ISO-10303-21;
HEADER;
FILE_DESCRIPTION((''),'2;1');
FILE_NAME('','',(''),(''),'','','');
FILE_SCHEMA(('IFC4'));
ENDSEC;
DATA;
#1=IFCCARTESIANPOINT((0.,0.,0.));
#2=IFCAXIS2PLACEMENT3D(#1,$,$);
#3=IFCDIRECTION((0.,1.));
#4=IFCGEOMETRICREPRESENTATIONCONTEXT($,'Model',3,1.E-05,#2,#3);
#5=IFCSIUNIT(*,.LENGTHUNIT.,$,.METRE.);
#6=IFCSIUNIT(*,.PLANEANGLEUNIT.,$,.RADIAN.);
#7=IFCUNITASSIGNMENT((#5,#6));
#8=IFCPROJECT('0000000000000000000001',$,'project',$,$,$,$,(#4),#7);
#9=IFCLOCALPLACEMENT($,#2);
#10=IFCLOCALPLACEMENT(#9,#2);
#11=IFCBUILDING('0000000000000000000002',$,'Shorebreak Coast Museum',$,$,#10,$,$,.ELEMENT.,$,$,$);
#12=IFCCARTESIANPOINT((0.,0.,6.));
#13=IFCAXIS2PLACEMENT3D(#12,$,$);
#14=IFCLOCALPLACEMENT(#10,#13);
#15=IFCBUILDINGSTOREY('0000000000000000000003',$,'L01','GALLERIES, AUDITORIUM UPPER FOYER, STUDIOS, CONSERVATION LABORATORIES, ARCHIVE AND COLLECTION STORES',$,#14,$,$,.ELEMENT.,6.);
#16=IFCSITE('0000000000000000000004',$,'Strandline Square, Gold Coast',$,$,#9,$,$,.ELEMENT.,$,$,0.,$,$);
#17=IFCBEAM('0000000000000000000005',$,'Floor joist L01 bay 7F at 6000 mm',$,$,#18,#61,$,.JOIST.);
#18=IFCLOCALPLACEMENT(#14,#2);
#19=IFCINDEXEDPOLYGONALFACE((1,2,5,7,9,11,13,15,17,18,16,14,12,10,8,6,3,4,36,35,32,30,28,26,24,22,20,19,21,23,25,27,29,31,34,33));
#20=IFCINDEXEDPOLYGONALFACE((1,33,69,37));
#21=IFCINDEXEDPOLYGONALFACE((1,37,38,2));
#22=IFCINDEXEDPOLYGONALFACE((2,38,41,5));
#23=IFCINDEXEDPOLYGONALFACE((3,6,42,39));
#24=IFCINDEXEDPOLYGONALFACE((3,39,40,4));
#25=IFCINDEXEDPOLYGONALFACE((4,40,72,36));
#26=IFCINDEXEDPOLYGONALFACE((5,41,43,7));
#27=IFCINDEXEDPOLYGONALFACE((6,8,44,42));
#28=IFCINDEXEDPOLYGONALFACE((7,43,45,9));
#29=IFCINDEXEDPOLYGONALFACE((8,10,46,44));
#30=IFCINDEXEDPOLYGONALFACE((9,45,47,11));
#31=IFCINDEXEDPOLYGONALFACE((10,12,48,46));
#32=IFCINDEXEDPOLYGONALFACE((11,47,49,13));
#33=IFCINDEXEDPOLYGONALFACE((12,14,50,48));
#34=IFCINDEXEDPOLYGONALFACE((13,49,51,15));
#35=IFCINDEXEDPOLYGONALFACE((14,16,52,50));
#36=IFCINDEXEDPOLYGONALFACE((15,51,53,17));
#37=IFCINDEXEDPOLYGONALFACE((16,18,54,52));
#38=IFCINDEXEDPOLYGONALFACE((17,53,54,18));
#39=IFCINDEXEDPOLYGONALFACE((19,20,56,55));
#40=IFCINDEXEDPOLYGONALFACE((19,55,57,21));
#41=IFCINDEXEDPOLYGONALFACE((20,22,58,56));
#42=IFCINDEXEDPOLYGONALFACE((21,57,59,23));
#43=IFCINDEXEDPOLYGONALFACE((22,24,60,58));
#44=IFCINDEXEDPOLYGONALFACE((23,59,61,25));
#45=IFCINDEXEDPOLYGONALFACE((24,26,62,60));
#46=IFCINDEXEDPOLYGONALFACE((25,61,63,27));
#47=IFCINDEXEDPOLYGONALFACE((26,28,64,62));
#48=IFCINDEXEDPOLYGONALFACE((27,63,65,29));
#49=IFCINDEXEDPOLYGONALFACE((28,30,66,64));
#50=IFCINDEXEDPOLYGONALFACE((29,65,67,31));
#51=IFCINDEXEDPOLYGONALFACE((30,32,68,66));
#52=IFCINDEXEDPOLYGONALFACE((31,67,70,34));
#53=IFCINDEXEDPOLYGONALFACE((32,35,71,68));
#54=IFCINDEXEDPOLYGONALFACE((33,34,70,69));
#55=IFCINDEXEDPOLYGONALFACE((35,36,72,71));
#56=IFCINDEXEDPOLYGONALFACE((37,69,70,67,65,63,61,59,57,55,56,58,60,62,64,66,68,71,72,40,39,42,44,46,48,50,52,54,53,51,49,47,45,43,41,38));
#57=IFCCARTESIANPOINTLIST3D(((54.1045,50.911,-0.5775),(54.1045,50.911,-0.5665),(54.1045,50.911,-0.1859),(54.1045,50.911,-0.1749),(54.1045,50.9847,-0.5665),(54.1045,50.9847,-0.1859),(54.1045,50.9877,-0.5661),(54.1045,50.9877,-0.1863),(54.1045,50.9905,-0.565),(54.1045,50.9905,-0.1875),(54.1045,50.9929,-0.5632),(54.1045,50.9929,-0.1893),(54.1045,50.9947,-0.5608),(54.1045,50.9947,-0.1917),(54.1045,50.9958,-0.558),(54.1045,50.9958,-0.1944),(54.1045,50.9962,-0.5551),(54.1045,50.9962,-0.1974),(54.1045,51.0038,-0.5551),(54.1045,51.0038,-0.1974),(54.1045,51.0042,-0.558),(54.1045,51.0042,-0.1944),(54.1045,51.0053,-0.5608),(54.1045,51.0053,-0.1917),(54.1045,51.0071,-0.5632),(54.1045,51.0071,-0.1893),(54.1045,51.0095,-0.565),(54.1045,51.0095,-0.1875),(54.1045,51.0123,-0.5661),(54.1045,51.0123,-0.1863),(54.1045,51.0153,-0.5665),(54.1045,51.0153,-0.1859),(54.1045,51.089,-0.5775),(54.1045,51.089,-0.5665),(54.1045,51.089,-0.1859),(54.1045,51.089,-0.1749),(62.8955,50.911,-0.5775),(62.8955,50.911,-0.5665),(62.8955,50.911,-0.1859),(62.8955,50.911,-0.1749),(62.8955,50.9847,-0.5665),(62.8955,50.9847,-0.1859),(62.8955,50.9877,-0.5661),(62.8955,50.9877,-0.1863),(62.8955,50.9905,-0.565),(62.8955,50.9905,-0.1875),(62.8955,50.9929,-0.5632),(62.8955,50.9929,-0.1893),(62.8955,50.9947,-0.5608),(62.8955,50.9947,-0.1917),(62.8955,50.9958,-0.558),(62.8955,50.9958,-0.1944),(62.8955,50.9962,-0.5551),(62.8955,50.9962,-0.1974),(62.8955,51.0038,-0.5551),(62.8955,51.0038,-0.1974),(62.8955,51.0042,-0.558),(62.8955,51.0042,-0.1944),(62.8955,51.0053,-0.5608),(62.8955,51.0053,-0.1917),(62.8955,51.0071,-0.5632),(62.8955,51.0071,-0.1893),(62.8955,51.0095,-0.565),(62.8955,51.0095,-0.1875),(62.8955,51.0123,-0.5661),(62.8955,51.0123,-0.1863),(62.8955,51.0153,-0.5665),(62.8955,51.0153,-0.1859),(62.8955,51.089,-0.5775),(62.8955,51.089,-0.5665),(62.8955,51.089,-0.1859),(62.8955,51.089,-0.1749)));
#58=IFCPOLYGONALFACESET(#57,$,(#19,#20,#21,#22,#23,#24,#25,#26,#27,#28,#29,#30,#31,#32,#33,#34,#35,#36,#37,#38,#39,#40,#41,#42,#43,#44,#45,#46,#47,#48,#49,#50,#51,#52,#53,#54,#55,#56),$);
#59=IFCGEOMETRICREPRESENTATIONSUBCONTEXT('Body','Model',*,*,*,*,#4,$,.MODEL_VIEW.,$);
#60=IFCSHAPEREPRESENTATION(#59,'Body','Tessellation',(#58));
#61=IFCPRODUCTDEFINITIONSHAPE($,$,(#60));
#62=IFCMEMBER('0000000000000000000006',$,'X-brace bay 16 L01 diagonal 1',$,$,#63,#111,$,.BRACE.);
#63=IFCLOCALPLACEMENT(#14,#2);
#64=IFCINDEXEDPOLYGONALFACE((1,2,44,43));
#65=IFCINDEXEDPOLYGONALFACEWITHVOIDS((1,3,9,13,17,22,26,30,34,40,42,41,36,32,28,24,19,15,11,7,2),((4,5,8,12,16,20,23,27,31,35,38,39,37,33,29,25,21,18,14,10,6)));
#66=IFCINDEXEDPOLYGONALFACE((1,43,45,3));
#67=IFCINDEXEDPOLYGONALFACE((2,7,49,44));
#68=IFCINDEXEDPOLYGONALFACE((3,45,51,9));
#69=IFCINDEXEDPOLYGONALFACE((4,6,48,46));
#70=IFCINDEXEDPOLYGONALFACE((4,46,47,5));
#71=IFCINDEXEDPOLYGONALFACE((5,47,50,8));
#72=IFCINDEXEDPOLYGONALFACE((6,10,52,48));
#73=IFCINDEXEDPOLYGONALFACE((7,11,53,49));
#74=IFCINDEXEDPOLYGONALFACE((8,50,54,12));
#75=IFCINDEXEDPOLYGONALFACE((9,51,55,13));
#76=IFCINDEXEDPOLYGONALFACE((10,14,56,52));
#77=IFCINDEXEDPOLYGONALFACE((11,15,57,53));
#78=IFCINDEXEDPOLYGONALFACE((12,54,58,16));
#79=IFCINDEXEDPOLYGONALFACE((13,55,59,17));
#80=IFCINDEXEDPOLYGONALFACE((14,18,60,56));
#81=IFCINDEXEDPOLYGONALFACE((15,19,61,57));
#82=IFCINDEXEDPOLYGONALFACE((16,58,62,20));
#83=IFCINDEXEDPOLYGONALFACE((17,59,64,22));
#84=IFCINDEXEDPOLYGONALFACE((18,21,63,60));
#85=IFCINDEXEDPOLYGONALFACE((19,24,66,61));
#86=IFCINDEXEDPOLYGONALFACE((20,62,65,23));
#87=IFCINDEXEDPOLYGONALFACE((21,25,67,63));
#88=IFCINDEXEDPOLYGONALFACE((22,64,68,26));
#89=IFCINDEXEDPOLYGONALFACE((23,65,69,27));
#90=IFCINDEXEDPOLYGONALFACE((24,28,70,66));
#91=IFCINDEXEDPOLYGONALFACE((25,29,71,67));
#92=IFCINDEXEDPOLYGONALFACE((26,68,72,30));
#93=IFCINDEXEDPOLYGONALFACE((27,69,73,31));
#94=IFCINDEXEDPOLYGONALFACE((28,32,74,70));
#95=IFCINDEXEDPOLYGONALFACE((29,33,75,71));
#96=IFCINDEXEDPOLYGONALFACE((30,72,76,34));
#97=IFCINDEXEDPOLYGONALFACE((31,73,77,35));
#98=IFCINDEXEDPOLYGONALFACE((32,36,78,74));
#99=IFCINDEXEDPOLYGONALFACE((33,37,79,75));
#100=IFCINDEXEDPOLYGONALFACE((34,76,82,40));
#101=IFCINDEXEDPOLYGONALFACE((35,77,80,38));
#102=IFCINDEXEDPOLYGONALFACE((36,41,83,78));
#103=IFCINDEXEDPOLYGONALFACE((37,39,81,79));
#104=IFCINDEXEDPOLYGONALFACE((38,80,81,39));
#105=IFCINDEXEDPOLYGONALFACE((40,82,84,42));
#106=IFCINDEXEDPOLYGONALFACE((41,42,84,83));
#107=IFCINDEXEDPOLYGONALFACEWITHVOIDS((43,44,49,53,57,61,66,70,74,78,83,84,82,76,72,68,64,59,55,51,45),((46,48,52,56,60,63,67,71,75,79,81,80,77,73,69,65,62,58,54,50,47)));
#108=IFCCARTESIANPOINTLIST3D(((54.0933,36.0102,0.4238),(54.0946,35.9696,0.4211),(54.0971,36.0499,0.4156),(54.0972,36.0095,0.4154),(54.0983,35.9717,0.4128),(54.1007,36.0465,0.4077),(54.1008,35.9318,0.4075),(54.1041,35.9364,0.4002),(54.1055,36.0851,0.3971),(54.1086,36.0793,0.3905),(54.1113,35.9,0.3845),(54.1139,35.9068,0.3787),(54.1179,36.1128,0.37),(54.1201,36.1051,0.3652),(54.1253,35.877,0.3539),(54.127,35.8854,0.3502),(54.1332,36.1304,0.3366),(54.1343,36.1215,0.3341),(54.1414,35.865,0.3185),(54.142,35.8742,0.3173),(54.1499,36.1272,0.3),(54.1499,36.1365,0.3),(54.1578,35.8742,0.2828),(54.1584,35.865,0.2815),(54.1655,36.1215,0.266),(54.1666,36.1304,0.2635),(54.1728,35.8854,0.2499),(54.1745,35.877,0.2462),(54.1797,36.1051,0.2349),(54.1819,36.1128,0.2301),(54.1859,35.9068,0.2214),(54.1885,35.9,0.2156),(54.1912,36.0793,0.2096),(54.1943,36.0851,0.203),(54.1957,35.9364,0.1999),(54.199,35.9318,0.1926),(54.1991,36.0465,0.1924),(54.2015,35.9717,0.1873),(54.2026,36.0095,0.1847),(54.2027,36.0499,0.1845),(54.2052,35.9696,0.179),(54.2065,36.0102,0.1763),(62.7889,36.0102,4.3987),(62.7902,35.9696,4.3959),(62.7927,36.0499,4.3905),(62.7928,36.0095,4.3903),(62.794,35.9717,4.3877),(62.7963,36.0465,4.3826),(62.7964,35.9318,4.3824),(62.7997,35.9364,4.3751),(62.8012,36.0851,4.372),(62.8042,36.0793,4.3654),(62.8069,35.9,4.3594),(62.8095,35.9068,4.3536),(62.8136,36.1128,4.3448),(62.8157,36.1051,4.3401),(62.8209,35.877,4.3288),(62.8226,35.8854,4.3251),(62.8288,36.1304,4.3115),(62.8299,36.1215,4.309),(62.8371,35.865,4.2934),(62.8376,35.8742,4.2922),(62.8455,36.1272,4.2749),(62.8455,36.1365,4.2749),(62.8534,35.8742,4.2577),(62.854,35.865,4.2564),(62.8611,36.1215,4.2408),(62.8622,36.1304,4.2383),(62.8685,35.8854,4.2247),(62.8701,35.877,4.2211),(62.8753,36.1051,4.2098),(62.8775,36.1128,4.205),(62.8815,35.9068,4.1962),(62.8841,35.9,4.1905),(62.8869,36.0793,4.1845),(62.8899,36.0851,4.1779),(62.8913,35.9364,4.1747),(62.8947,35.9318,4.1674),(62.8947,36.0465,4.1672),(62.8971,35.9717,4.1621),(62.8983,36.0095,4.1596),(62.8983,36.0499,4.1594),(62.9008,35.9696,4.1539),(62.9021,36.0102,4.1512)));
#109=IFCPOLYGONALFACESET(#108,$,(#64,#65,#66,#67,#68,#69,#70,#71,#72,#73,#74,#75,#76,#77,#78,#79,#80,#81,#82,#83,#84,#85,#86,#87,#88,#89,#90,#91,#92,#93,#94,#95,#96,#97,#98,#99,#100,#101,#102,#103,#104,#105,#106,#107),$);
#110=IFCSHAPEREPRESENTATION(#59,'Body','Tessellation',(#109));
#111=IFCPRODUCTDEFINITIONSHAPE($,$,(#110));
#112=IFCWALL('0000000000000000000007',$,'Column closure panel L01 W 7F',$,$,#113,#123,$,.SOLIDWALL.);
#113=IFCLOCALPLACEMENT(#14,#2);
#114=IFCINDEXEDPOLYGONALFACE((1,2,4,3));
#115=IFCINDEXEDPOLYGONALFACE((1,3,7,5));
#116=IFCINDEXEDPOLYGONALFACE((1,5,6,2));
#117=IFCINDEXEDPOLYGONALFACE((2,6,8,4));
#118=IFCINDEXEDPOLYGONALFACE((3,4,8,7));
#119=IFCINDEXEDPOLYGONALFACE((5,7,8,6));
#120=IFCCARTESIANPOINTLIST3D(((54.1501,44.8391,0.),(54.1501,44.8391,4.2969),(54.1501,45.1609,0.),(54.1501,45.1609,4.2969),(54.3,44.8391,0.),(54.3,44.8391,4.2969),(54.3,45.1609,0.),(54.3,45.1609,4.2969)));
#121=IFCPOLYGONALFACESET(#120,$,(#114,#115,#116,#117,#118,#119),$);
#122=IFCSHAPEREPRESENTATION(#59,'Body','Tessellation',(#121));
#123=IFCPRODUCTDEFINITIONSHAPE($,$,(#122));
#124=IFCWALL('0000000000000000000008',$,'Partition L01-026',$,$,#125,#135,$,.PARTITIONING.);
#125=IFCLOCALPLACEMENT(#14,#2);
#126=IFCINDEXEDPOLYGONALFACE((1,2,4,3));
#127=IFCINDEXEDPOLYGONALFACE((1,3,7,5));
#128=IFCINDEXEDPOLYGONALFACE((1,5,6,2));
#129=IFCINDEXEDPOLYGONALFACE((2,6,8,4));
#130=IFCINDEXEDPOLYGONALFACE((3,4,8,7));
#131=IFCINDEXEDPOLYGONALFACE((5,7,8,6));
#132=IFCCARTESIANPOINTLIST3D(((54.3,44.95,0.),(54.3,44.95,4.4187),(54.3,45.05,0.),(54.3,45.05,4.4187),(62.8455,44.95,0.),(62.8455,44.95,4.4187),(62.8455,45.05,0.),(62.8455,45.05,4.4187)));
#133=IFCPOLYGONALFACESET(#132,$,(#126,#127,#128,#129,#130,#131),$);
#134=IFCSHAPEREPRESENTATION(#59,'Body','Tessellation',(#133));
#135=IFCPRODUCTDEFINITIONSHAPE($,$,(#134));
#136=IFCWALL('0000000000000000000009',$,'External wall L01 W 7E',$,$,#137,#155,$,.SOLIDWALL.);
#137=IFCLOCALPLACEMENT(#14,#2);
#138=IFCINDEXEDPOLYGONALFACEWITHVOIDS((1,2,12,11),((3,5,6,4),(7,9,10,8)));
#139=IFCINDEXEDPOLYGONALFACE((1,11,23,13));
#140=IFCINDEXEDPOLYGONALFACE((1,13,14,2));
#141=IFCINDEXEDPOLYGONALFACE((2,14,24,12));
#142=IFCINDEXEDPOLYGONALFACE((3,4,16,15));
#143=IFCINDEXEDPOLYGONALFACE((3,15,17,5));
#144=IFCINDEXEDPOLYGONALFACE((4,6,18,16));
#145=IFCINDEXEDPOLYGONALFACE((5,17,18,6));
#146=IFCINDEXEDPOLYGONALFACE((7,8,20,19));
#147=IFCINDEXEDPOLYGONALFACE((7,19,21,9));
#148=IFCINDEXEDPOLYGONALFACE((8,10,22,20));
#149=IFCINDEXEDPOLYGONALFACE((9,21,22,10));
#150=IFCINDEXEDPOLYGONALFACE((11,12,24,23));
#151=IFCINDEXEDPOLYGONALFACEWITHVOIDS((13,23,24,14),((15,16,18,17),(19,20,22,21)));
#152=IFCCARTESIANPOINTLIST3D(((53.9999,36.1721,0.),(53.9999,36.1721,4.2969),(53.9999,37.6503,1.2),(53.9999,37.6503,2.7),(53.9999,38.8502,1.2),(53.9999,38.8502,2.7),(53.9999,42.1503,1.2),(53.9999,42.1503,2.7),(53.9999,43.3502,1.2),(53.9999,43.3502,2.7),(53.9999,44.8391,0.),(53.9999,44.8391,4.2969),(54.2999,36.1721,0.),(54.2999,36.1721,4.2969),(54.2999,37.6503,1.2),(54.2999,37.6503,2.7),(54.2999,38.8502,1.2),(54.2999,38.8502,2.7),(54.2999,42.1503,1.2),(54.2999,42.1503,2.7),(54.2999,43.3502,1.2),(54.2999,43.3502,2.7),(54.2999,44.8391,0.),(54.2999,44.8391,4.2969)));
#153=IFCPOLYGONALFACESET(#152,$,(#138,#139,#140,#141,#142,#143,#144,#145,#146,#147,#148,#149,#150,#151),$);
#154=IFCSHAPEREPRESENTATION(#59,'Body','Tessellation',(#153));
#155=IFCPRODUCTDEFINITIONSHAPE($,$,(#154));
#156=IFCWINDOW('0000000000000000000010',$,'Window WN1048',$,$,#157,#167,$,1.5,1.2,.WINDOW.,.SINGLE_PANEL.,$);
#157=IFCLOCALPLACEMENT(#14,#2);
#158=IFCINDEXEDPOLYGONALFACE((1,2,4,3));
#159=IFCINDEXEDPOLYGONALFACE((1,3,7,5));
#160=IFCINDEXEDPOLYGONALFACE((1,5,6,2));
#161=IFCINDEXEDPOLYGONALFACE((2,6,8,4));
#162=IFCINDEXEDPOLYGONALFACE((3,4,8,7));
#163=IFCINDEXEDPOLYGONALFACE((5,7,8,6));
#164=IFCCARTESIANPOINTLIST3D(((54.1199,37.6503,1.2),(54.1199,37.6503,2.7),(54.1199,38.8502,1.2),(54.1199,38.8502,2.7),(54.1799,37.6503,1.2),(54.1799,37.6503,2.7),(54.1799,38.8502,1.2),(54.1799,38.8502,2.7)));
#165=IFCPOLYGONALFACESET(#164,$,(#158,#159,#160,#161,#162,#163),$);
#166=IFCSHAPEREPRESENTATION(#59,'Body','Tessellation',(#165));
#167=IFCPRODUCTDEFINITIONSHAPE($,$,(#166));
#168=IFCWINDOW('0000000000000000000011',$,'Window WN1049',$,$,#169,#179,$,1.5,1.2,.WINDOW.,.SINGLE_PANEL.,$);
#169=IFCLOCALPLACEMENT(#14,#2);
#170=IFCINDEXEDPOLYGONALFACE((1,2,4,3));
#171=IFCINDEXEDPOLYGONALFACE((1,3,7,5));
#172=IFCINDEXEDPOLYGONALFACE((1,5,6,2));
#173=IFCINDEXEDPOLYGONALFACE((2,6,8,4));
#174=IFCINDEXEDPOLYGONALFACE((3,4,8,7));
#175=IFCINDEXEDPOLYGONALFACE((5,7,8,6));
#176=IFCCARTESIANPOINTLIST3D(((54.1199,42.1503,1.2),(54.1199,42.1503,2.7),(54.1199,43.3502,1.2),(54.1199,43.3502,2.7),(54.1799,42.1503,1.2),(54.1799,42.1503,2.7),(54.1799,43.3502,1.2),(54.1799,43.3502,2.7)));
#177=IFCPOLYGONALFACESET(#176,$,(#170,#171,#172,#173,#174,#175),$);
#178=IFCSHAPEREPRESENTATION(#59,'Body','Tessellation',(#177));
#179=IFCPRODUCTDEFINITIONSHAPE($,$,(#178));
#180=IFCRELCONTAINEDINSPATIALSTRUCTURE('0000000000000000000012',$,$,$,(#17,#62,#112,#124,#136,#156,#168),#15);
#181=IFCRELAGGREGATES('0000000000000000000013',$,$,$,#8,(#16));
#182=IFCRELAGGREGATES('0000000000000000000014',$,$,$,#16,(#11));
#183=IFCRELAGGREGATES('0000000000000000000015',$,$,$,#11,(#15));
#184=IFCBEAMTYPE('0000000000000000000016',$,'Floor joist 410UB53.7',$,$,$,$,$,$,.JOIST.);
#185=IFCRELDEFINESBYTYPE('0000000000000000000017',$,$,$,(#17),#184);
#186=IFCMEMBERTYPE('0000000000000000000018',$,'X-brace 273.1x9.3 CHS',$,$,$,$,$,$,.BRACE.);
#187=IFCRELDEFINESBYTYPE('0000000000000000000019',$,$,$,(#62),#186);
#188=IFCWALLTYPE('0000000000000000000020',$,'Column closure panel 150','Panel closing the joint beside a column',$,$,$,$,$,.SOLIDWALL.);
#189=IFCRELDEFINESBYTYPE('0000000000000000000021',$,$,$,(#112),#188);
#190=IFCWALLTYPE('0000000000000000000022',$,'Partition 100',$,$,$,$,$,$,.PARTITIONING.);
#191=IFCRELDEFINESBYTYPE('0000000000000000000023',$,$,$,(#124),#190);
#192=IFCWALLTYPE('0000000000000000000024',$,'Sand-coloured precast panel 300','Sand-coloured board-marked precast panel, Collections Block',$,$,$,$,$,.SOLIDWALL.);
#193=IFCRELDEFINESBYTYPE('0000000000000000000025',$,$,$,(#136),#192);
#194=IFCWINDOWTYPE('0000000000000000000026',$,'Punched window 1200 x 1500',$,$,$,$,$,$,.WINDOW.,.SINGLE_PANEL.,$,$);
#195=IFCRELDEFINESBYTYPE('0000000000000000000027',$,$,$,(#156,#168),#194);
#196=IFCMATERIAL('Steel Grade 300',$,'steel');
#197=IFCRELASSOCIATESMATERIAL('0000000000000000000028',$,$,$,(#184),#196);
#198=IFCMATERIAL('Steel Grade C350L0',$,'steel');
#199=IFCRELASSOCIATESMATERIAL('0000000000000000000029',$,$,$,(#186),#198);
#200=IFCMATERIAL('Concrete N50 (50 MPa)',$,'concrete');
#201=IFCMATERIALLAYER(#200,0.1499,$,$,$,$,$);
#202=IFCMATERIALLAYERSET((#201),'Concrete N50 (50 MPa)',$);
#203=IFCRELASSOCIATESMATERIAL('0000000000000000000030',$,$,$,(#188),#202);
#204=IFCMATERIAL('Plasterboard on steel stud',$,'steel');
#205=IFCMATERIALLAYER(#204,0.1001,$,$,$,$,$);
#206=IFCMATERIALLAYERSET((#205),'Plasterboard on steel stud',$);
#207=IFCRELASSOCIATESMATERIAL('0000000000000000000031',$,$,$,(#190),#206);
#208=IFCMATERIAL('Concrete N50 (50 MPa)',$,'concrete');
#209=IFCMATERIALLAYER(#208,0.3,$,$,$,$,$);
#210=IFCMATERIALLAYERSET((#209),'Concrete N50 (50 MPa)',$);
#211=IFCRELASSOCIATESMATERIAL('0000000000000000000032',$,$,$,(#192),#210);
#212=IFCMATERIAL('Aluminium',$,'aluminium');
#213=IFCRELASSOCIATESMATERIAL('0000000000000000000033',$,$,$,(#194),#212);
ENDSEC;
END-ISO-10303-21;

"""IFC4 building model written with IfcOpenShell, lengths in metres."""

from ifc_helpers import new_model, si_unit, direction, frame, frame_2d, origin, origin_2d, place, context, subcontext, project, spatial, rectangle, hollow_circle, i_section, extrude, material, layer, layer_set, material_profile, profile_set, type_object, element, fill, save


model = new_model("IFC4")

# Units and contexts
model_context = context("Model", 3, precision=1e-05, world=origin(), true_north=direction((0.0, 1.0)))
body_context = subcontext(model_context, "Body", "Model", "MODEL_VIEW")
ifc_project = project(units=[si_unit("LENGTHUNIT", "METRE"), si_unit("PLANEANGLEUNIT", "RADIAN")], contexts=[model_context])

# Site, building, storey
site_placement = place(None, origin())
site = spatial("IfcSite", under=ifc_project, at=site_placement, Name="Strandline Square, Gold Coast", CompositionType="ELEMENT", RefElevation=0.0)
building_placement = place(site_placement, origin())
building = spatial("IfcBuilding", under=site, at=building_placement, Name="Shorebreak Coast Museum", CompositionType="ELEMENT")
storey_placement = place(building_placement, frame((0.0, 0.0, 6.0)))
storey = spatial("IfcBuildingStorey", under=building, at=storey_placement, Name="L01", Description="GALLERIES, AUDITORIUM UPPER FOYER, STUDIOS, CONSERVATION LABORATORIES, ARCHIVE AND COLLECTION STORES", CompositionType="ELEMENT", Elevation=6.0)

# Beam
ifc_material_1 = material(Name="Steel Grade 300", Category="steel")
ifc_material_profile_1 = material_profile(ifc_material_1, i_section(OverallWidth=0.178, OverallDepth=0.4026, WebThickness=0.0076, FlangeThickness=0.011, FilletRadius=0.0115, at=origin_2d()), Name="410UB53.7")
ifc_profile_set_1 = profile_set([ifc_material_profile_1], Name="Steel Grade 300")
beam_type_1 = type_object("IfcBeamType", Name="Floor joist 410UB53.7", PredefinedType="JOIST", material=ifc_profile_set_1)
for number, where, z_axis, x_axis, name in (
    (1, (54.1045, 51.0, -0.3762), (1.0, 0.0, 0.0), (0.0, 1.0, 0.0), "Floor joist L01 bay 7F at 6000 mm"),
):
    element("IfcBeam", number, at=place(storey_placement, frame(where, z_axis=z_axis, x_axis=x_axis)), inside=storey, type_object=beam_type_1, Name=name, PredefinedType="JOIST", context=body_context, shape_type="SweptSolid", body=[
        extrude(i_section(OverallWidth=0.178, OverallDepth=0.4026, WebThickness=0.0076, FlangeThickness=0.011, FilletRadius=0.0115, at=origin_2d()), origin(), (0.0, 0.0, 1.0), 8.791),
    ])

# Member
ifc_material_2 = material(Name="Steel Grade C350L0", Category="steel")
ifc_material_profile_2 = material_profile(ifc_material_2, hollow_circle(Radius=0.1365, WallThickness=0.0093, at=origin_2d()), Name="273.1x9.3 CHS")
ifc_profile_set_2 = profile_set([ifc_material_profile_2], Name="Steel Grade C350L0")
member_type = type_object("IfcMemberType", Name="X-brace 273.1x9.3 CHS", PredefinedType="BRACE", material=ifc_profile_set_2)
member_placement = place(storey_placement, frame((54.1499, 36.0, 0.3), z_axis=(0.909485, 0.0, 0.415737), x_axis=(0.0, 1.0, 0.0)))
element("IfcMember", 2, at=member_placement, inside=storey, type_object=member_type, Name="X-brace bay 16 L01 diagonal 1", PredefinedType="BRACE", context=body_context, shape_type="SweptSolid", body=[
    extrude(hollow_circle(Radius=0.1365, WallThickness=0.0093, at=origin_2d()), origin(), (0.0, 0.0, 1.0), 9.561),
])

# Walls
ifc_material_3 = material(Name="Concrete N50 (50 MPa)", Category="concrete")
ifc_layer_1 = layer(ifc_material_3, 0.1499)
ifc_layer_set_1 = layer_set([ifc_layer_1], Name="Concrete N50 (50 MPa)")
wall_type_1 = type_object("IfcWallType", Name="Column closure panel 150", Description="Panel closing the joint beside a column", PredefinedType="SOLIDWALL", material=ifc_layer_set_1)
wall_1_placement = place(storey_placement, frame((54.2251, 44.8391, 0.0), z_axis=(0.0, 0.0, 1.0), x_axis=(0.0, 1.0, 0.0)))
element("IfcWall", 3, at=wall_1_placement, inside=storey, type_object=wall_type_1, Name="Column closure panel L01 W 7F", PredefinedType="SOLIDWALL", context=body_context, shape_type="SweptSolid", body=[
    extrude(rectangle(XDim=0.3218, YDim=0.1499, at=frame_2d((0.1609, 0.0))), origin(), (0.0, 0.0, 1.0), 4.2969),
])
ifc_material_4 = material(Name="Plasterboard on steel stud", Category="steel")
ifc_layer_2 = layer(ifc_material_4, 0.1001)
ifc_layer_set_2 = layer_set([ifc_layer_2], Name="Plasterboard on steel stud")
wall_type_2 = type_object("IfcWallType", Name="Partition 100", PredefinedType="PARTITIONING", material=ifc_layer_set_2)
wall_2_placement = place(storey_placement, frame((54.3, 45.0, 0.0), z_axis=(0.0, 0.0, 1.0), x_axis=(1.0, 0.0, 0.0)))
element("IfcWall", 4, at=wall_2_placement, inside=storey, type_object=wall_type_2, Name="Partition L01-026", PredefinedType="PARTITIONING", context=body_context, shape_type="SweptSolid", body=[
    extrude(rectangle(XDim=8.5454, YDim=0.1001, at=frame_2d((4.2727, 0.0))), origin(), (0.0, 0.0, 1.0), 4.4187),
])

# Wall, openings, windows
ifc_material_5 = material(Name="Concrete N50 (50 MPa)", Category="concrete")
ifc_layer_3 = layer(ifc_material_5, 0.3)
ifc_layer_set_3 = layer_set([ifc_layer_3], Name="Concrete N50 (50 MPa)")
wall_type_3 = type_object("IfcWallType", Name="Sand-coloured precast panel 300", Description="Sand-coloured board-marked precast panel, Collections Block", PredefinedType="SOLIDWALL", material=ifc_layer_set_3)
wall_3_placement = place(storey_placement, frame((54.1499, 36.1721, 0.0), z_axis=(0.0, 0.0, 1.0), x_axis=(0.0, 1.0, 0.0)))
wall_3 = element("IfcWall", 5, at=wall_3_placement, inside=storey, type_object=wall_type_3, Name="External wall L01 W 7E", PredefinedType="SOLIDWALL", context=body_context, shape_type="SweptSolid", body=[
    extrude(rectangle(XDim=8.667, YDim=0.3, at=frame_2d((4.3335, 0.0))), origin(), (0.0, 0.0, 1.0), 4.2969),
])
opening_1_placement = place(wall_3_placement, frame((1.478, 0.0, 1.2)))
opening_1 = element("IfcOpeningElement", 6, at=opening_1_placement, cuts=wall_3, PredefinedType="OPENING", context=body_context, shape_type="SweptSolid", body=[
    extrude(rectangle(XDim=1.2, YDim=1.5, at=frame_2d((0.6001, 0.75))), frame((0.0, 0.1599, 0.0), z_axis=(0.0, -1.0, 0.0), x_axis=(1.0, 0.0, 0.0)), (0.0, 0.0, 1.0), 0.3201),
])
opening_2_placement = place(wall_3_placement, frame((5.978, 0.0, 1.2)))
opening_2 = element("IfcOpeningElement", 7, at=opening_2_placement, cuts=wall_3, PredefinedType="OPENING", context=body_context, shape_type="SweptSolid", body=[
    extrude(rectangle(XDim=1.2, YDim=1.5, at=frame_2d((0.6001, 0.75))), frame((0.0, 0.1599, 0.0), z_axis=(0.0, -1.0, 0.0), x_axis=(1.0, 0.0, 0.0)), (0.0, 0.0, 1.0), 0.3201),
])
ifc_material_6 = material(Name="Aluminium", Category="aluminium")
window_type = type_object("IfcWindowType", Name="Punched window 1200 x 1500", PartitioningType="SINGLE_PANEL", PredefinedType="WINDOW", material=ifc_material_6)
window_1_placement = place(opening_1_placement, origin())
window_1 = element("IfcWindow", 8, at=window_1_placement, inside=storey, type_object=window_type, Name="Window WN1048", OverallHeight=1.5, OverallWidth=1.2, PartitioningType="SINGLE_PANEL", PredefinedType="WINDOW", context=body_context, shape_type="SweptSolid", body=[
    extrude(rectangle(XDim=1.2, YDim=1.5, at=frame_2d((0.6001, 0.75))), frame((0.0, 0.03, 0.0), z_axis=(0.0, -1.0, 0.0), x_axis=(1.0, 0.0, 0.0)), (0.0, 0.0, 1.0), 0.0601),
])
fill(opening_1, window_1)
window_2_placement = place(opening_2_placement, origin())
window_2 = element("IfcWindow", 9, at=window_2_placement, inside=storey, type_object=window_type, Name="Window WN1049", OverallHeight=1.5, OverallWidth=1.2, PartitioningType="SINGLE_PANEL", PredefinedType="WINDOW", context=body_context, shape_type="SweptSolid", body=[
    extrude(rectangle(XDim=1.2, YDim=1.5, at=frame_2d((0.6001, 0.75))), frame((0.0, 0.03, 0.0), z_axis=(0.0, -1.0, 0.0), x_axis=(1.0, 0.0, 0.0)), (0.0, 0.0, 1.0), 0.0601),
])
fill(opening_2, window_2)

save(model, "model.ifc")
